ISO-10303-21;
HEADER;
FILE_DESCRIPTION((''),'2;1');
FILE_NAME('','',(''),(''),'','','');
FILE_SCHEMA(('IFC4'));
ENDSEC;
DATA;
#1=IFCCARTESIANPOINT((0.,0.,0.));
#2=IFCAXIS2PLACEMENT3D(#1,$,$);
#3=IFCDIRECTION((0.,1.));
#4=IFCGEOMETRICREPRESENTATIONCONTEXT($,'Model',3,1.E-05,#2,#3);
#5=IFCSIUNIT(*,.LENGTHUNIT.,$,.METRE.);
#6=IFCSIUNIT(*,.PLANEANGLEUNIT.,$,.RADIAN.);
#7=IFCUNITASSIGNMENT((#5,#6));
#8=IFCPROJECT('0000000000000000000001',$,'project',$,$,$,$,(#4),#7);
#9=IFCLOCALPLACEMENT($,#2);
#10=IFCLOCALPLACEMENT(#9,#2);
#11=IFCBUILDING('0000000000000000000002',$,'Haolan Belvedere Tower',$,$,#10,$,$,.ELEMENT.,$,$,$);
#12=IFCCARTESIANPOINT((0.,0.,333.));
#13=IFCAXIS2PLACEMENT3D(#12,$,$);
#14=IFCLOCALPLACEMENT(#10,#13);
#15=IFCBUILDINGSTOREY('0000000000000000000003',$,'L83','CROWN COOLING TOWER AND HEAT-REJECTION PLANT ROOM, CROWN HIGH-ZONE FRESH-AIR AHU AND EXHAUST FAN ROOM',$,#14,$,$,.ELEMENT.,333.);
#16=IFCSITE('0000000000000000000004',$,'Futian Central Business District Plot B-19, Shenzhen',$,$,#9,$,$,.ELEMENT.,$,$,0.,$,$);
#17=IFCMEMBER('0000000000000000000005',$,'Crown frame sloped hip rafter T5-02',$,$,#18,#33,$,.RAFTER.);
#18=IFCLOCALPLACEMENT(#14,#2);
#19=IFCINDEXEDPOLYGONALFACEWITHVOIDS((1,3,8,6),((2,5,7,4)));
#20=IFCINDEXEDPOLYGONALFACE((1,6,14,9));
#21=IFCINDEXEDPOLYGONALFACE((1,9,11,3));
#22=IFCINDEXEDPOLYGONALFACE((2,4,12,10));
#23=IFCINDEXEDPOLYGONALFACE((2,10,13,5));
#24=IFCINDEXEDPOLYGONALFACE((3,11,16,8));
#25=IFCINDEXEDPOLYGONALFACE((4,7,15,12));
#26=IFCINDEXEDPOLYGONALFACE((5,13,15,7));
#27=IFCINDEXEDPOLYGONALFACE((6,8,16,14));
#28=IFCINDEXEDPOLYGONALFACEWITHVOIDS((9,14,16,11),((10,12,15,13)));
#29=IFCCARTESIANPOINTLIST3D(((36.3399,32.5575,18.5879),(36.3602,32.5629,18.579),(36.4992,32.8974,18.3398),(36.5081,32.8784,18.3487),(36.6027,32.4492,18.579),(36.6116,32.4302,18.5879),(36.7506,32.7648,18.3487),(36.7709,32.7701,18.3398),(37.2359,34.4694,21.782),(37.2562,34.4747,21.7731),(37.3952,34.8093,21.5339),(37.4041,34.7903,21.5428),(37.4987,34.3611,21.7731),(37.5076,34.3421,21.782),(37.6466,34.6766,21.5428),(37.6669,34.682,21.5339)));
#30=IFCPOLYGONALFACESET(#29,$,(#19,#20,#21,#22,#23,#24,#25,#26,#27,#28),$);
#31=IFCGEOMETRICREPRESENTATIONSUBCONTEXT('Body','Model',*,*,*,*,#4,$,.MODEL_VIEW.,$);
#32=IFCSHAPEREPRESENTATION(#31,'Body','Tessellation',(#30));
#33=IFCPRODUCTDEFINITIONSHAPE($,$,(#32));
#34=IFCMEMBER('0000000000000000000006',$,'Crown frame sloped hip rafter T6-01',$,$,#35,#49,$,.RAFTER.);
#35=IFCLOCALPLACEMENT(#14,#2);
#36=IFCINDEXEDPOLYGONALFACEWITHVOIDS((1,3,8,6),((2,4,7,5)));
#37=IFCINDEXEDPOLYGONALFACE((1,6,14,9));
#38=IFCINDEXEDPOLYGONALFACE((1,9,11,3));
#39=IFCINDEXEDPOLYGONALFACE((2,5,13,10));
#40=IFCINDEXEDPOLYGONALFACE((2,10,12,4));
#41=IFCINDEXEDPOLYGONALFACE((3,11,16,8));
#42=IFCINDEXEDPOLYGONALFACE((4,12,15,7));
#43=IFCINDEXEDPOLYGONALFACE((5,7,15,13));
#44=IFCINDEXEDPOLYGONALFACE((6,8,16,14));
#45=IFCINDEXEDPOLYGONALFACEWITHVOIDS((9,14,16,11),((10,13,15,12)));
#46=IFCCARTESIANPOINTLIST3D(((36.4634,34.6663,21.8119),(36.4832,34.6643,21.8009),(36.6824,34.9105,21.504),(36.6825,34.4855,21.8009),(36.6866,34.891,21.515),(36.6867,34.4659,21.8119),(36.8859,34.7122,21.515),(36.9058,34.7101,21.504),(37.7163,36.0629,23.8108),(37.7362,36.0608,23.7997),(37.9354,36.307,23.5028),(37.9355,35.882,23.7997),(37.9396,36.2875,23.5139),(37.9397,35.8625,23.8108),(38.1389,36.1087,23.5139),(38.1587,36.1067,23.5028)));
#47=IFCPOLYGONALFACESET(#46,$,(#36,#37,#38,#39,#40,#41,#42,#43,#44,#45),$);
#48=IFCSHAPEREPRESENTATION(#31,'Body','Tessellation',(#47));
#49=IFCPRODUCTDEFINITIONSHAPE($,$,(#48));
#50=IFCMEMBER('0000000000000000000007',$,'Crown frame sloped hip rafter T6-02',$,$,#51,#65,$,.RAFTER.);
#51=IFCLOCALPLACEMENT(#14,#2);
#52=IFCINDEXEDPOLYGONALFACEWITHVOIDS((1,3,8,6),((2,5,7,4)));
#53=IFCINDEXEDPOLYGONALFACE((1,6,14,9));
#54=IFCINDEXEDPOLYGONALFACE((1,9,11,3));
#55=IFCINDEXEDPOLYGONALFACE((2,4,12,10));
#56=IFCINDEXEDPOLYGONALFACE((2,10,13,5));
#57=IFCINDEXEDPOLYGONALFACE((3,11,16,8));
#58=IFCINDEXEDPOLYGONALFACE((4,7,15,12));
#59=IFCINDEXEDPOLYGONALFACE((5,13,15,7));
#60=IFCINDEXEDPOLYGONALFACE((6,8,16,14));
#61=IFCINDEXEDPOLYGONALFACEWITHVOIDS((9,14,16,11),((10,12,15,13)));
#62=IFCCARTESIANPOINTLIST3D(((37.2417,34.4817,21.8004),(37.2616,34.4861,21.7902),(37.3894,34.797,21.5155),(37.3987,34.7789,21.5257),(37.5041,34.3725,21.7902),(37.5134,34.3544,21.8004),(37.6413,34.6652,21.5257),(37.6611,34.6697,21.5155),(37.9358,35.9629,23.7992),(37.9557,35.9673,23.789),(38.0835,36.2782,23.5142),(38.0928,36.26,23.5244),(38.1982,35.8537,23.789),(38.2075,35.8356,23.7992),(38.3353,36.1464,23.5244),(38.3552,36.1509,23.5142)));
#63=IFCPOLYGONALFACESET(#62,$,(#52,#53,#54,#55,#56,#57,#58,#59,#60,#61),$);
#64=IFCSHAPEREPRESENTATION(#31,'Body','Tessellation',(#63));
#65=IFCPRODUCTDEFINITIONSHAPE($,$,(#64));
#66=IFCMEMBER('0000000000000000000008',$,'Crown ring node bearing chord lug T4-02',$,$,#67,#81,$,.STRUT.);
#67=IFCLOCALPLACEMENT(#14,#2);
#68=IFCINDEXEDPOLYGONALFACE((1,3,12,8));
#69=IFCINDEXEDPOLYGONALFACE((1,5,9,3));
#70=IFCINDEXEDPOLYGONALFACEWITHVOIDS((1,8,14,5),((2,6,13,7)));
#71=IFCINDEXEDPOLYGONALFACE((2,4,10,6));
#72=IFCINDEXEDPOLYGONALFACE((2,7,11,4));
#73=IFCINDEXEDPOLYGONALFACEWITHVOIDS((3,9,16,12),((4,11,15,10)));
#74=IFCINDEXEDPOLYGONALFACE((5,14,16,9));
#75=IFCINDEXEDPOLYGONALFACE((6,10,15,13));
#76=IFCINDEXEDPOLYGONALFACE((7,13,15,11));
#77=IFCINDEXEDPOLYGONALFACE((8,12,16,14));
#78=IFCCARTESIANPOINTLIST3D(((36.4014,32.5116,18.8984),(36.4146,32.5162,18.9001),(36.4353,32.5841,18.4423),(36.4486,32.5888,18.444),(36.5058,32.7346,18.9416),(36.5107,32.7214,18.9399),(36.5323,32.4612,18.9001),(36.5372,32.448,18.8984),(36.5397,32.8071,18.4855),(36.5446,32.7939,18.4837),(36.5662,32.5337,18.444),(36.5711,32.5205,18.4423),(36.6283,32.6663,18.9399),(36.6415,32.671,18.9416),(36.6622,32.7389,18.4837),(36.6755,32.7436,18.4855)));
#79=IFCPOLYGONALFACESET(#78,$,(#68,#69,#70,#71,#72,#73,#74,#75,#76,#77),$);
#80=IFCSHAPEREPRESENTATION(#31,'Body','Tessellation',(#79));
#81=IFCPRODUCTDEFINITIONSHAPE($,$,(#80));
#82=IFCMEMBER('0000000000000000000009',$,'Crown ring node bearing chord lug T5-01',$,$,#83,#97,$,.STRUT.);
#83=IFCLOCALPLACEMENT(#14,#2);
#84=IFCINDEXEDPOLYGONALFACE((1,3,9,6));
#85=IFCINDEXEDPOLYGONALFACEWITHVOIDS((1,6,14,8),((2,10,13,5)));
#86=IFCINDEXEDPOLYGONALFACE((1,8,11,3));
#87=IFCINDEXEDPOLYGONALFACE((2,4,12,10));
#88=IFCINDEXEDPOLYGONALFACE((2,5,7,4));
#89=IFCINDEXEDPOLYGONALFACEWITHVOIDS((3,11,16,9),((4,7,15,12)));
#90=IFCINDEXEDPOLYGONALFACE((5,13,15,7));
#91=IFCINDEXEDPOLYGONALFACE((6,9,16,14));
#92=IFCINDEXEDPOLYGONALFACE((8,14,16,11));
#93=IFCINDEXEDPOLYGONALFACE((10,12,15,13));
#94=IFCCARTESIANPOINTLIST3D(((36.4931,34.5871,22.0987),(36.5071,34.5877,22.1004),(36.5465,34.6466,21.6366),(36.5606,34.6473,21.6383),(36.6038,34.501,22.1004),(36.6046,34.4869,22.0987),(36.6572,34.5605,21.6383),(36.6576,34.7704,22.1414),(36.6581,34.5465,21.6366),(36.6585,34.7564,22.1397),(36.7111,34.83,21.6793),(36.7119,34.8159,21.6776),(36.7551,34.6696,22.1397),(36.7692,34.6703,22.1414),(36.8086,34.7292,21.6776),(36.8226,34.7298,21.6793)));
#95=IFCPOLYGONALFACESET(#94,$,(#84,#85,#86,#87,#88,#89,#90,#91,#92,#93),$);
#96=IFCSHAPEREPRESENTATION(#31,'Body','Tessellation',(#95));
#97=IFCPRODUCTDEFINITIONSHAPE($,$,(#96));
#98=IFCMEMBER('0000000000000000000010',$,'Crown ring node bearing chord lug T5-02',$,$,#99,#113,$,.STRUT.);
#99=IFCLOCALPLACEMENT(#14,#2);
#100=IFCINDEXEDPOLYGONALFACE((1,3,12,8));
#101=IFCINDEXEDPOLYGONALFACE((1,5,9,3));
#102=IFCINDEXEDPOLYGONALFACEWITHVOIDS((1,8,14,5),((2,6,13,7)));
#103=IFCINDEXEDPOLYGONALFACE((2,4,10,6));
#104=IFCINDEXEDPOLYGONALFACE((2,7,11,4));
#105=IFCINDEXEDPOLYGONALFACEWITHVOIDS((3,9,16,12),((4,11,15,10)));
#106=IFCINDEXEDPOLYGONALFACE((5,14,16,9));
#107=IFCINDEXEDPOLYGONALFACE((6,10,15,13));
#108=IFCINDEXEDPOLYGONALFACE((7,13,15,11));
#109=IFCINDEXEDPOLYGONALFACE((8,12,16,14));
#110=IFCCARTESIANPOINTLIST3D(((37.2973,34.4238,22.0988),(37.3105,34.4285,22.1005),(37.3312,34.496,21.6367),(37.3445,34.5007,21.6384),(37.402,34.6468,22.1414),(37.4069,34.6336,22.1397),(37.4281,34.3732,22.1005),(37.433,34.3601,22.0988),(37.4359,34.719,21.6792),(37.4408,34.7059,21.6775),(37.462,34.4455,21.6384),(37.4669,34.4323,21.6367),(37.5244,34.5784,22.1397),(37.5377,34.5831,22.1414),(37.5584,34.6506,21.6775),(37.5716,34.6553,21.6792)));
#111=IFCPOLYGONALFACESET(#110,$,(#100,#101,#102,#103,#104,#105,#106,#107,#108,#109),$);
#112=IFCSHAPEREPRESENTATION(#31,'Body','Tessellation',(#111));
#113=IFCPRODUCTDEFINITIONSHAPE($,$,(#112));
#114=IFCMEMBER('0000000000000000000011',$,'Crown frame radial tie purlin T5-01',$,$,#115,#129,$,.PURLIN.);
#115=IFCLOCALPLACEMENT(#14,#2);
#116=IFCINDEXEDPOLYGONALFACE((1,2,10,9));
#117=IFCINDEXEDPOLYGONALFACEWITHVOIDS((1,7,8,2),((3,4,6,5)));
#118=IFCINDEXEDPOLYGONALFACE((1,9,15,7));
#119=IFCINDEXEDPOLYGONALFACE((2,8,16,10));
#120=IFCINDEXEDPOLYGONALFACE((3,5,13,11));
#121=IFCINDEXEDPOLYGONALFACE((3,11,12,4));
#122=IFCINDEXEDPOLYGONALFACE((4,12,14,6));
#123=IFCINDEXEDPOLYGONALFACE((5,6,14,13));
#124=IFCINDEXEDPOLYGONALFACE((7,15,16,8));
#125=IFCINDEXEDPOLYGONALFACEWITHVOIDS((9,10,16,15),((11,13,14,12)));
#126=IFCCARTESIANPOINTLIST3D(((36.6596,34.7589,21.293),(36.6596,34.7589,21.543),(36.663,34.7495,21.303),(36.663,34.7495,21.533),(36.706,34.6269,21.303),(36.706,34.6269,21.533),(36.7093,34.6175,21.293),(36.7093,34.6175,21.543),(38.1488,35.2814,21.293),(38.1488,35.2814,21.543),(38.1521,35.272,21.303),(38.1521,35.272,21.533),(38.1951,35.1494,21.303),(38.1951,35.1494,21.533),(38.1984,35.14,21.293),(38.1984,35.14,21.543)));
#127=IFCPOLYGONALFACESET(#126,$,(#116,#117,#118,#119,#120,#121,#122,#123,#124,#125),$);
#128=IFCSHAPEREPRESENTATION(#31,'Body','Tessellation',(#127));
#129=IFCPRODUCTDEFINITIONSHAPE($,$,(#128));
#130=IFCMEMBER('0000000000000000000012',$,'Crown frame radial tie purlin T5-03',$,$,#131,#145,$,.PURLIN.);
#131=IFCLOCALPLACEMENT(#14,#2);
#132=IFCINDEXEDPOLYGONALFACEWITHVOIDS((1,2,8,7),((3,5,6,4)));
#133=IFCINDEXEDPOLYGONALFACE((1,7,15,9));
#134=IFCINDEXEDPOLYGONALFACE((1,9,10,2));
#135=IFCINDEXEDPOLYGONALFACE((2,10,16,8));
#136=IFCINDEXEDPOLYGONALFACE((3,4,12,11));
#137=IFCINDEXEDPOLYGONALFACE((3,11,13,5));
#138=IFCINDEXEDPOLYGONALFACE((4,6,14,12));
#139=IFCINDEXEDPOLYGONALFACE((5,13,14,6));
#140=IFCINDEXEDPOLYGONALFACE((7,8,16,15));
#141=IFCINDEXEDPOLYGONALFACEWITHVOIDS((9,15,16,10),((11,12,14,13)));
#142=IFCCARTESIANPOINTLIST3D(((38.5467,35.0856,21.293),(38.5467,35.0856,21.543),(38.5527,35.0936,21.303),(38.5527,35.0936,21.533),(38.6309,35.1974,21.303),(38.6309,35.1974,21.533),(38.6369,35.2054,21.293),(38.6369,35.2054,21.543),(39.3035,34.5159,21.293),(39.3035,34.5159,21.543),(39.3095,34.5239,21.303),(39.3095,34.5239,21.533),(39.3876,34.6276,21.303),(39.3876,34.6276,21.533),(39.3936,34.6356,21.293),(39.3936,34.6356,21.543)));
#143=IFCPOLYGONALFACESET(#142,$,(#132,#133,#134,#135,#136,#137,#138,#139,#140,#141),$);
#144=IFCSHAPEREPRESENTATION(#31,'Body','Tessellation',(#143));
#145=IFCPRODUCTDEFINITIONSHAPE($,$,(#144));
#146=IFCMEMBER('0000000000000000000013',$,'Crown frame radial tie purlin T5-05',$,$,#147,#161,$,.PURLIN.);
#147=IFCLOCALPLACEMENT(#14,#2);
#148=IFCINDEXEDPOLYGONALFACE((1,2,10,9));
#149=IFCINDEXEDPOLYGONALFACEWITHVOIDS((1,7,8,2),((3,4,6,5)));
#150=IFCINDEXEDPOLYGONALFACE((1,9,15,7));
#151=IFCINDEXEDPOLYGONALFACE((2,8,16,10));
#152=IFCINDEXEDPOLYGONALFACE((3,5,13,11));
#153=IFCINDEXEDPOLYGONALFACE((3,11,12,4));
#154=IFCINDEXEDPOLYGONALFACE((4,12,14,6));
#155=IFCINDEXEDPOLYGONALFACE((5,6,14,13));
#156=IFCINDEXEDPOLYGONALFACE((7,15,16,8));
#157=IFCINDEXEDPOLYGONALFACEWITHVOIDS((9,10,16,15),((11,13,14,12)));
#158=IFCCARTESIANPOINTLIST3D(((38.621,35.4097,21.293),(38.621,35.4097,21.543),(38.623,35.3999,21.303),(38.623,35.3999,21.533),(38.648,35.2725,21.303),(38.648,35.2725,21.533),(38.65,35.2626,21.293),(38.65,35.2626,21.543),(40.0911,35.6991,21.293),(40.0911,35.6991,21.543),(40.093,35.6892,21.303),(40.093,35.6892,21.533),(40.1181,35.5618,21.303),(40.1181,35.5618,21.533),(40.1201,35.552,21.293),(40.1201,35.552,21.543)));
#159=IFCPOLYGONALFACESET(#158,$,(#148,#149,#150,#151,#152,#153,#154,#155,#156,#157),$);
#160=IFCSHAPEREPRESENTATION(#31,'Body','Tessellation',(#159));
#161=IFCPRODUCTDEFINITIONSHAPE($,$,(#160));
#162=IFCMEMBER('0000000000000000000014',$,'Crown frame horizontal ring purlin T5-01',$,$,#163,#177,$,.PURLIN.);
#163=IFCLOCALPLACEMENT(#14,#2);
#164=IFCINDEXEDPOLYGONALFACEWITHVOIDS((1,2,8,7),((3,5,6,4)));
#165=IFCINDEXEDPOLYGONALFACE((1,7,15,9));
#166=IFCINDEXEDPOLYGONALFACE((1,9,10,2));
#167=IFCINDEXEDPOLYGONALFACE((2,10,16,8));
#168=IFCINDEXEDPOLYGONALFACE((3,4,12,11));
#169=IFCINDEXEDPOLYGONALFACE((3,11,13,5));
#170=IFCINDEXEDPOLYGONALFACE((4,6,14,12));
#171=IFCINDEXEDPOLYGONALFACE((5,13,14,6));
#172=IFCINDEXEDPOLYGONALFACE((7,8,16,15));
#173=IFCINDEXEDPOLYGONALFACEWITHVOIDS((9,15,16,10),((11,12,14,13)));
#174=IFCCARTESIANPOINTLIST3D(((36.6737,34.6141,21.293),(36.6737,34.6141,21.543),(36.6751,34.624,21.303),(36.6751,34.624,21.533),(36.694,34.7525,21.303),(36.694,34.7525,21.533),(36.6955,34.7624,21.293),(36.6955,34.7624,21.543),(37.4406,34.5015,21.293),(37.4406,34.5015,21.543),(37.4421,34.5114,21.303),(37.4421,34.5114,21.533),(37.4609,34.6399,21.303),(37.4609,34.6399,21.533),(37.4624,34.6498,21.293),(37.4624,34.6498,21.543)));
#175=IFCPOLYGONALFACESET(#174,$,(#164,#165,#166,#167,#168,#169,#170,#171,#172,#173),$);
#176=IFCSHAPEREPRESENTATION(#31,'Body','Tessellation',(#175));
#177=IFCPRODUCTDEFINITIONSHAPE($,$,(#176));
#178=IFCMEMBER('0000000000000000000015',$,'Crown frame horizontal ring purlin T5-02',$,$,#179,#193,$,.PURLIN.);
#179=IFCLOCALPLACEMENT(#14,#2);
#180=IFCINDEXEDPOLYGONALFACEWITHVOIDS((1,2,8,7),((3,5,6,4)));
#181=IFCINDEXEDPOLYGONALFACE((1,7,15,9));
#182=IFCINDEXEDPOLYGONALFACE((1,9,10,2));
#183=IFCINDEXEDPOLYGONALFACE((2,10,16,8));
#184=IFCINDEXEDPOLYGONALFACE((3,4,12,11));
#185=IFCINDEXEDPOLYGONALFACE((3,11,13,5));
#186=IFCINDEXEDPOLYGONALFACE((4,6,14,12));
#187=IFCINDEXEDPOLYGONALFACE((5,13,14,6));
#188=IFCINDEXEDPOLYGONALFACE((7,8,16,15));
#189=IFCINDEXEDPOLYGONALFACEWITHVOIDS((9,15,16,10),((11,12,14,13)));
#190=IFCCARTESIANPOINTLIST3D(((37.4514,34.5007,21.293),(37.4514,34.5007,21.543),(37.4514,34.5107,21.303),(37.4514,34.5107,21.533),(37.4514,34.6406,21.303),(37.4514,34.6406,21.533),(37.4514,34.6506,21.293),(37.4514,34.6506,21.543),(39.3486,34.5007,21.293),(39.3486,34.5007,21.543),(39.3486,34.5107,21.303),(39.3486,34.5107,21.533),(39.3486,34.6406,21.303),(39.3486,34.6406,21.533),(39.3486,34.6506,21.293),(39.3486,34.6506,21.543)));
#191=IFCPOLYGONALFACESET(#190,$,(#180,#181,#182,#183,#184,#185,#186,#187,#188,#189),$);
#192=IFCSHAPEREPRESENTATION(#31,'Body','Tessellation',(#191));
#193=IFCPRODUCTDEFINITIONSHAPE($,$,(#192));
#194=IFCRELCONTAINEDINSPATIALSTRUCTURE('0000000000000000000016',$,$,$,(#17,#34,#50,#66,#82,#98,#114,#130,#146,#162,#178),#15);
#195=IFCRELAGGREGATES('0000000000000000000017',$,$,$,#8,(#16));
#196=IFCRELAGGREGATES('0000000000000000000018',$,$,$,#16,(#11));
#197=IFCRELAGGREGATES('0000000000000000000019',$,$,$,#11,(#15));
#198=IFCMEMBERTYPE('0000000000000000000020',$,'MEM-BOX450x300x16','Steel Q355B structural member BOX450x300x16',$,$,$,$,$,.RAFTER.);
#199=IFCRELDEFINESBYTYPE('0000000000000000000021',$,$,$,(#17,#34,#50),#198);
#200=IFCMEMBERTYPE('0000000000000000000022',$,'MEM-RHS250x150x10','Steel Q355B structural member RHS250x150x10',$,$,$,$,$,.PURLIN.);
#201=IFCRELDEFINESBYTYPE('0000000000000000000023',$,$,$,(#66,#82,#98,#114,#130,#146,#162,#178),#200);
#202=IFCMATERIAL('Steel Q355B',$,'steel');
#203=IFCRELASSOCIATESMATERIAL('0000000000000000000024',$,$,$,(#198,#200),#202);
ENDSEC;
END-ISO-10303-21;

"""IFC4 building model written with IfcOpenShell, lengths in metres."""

from ifc_helpers import new_model, si_unit, direction, frame, origin, origin_2d, place, context, subcontext, project, spatial, hollow_rectangle, extrude, material, material_profile, profile_set, type_object, element, save


model = new_model("IFC4")

# Units and contexts
model_context = context("Model", 3, precision=1e-05, world=origin(), true_north=direction((0.0, 1.0)))
body_context = subcontext(model_context, "Body", "Model", "MODEL_VIEW")
ifc_project = project(units=[si_unit("LENGTHUNIT", "METRE"), si_unit("PLANEANGLEUNIT", "RADIAN")], contexts=[model_context])

# Site, building, storey
site_placement = place(None, origin())
site = spatial("IfcSite", under=ifc_project, at=site_placement, Name="Futian Central Business District Plot B-19, Shenzhen", CompositionType="ELEMENT", RefElevation=0.0)
building_placement = place(site_placement, origin())
building = spatial("IfcBuilding", under=site, at=building_placement, Name="Haolan Belvedere Tower", CompositionType="ELEMENT")
storey_placement = place(building_placement, frame((0.0, 0.0, 333.0)))
storey = spatial("IfcBuildingStorey", under=building, at=storey_placement, Name="L83", Description="CROWN COOLING TOWER AND HEAT-REJECTION PLANT ROOM, CROWN HIGH-ZONE FRESH-AIR AHU AND EXHAUST FAN ROOM", CompositionType="ELEMENT", Elevation=333.0)

# Members
ifc_material_1 = material(Name="Steel Q355B", Category="steel")
ifc_material_profile_1 = material_profile(ifc_material_1, hollow_rectangle(XDim=0.3, YDim=0.45, WallThickness=0.0161, at=origin_2d()), Name="Steel Q355B")
ifc_profile_set_1 = profile_set([ifc_material_profile_1], Name="Steel Q355B")
member_type_1 = type_object("IfcMemberType", Name="MEM-BOX450x300x16", Description="Steel Q355B structural member BOX450x300x16", PredefinedType="RAFTER", material=ifc_profile_set_1)
member_1_placement = place(storey_placement, frame((36.5554, 32.6638, 18.4639), z_axis=(0.23401, 0.499329, 0.834212), x_axis=(-0.905494, 0.42436, 0.0)))
element("IfcMember", 1, at=member_1_placement, inside=storey, type_object=member_type_1, Name="Crown frame sloped hip rafter T5-02", PredefinedType="RAFTER", context=body_context, shape_type="SweptSolid", body=[
    extrude(hollow_rectangle(XDim=0.3, YDim=0.45, WallThickness=0.0161, at=origin_2d()), origin(), (0.0, 0.0, 1.0), 3.8289),
])
member_2_placement = place(storey_placement, frame((36.6846, 34.6882, 21.658), z_axis=(0.457045, 0.509411, 0.729116), x_axis=(-0.744329, 0.667814, 0.0)))
element("IfcMember", 2, at=member_2_placement, inside=storey, type_object=member_type_1, Name="Crown frame sloped hip rafter T6-01", PredefinedType="RAFTER", context=body_context, shape_type="SweptSolid", body=[
    extrude(hollow_rectangle(XDim=0.3, YDim=0.45, WallThickness=0.0161, at=origin_2d()), origin(), (0.0, 0.0, 1.0), 2.7415),
])
member_3_placement = place(storey_placement, frame((37.4514, 34.5757, 21.658), z_axis=(0.268737, 0.573487, 0.773882), x_axis=(-0.905511, 0.424323, 0.0)))
element("IfcMember", 3, at=member_3_placement, inside=storey, type_object=member_type_1, Name="Crown frame sloped hip rafter T6-02", PredefinedType="RAFTER", context=body_context, shape_type="SweptSolid", body=[
    extrude(hollow_rectangle(XDim=0.3, YDim=0.45, WallThickness=0.0161, at=origin_2d()), origin(), (0.0, 0.0, 1.0), 2.5828),
])
ifc_material_profile_2 = material_profile(ifc_material_1, hollow_rectangle(XDim=0.1499, YDim=0.25, WallThickness=0.01, at=origin_2d()), Name="Steel Q355B")
ifc_profile_set_2 = profile_set([ifc_material_profile_2], Name="Steel Q355B")
member_type_2 = type_object("IfcMemberType", Name="MEM-RHS250x150x10", Description="Steel Q355B structural member RHS250x150x10", PredefinedType="PURLIN", material=ifc_profile_set_2)
member_4_placement = place(storey_placement, frame((36.5554, 32.6638, 18.4639), z_axis=(-0.07329, -0.156599, 0.984939), x_axis=(0.905715, -0.423887, 0.0)))
element("IfcMember", 4, at=member_4_placement, inside=storey, type_object=member_type_2, Name="Crown ring node bearing chord lug T4-02", PredefinedType="STRUT", context=body_context, shape_type="SweptSolid", body=[
    extrude(hollow_rectangle(XDim=0.1499, YDim=0.25, WallThickness=0.01, at=origin_2d()), origin(), (0.0, 0.0, 1.0), 0.4631),
])
for number, where, z_axis, x_axis, name in (
    (5, (36.6846, 34.6882, 21.658), (-0.113992, -0.127005, 0.98533), (0.744203, -0.667953, 0.0), "Crown ring node bearing chord lug T5-01"),
    (6, (37.4514, 34.5757, 21.658), (-0.072357, -0.154083, 0.985405), (0.905165, -0.425061, 0.0), "Crown ring node bearing chord lug T5-02"),
):
    element("IfcMember", number, at=place(storey_placement, frame(where, z_axis=z_axis, x_axis=x_axis)), inside=storey, type_object=member_type_2, Name=name, PredefinedType="STRUT", context=body_context, shape_type="SweptSolid", body=[
        extrude(hollow_rectangle(XDim=0.1499, YDim=0.25, WallThickness=0.01, at=origin_2d()), origin(), (0.0, 0.0, 1.0), 0.469),
    ])
member_5_placement = place(storey_placement, frame((38.1736, 35.2107, 21.418), z_axis=(-0.9436, -0.331088, 0.0), x_axis=(0.331088, -0.9436, 0.0)))
element("IfcMember", 7, at=member_5_placement, inside=storey, type_object=member_type_2, Name="Crown frame radial tie purlin T5-01", PredefinedType="PURLIN", context=body_context, shape_type="SweptSolid", body=[
    extrude(hollow_rectangle(XDim=0.1499, YDim=0.25, WallThickness=0.01, at=origin_2d()), origin(), (0.0, 0.0, 1.0), 1.5781),
])
member_6_placement = place(storey_placement, frame((38.5918, 35.1455, 21.418), z_axis=(0.798885, -0.601483, 0.0), x_axis=(0.601483, 0.798885, 0.0)))
element("IfcMember", 8, at=member_6_placement, inside=storey, type_object=member_type_2, Name="Crown frame radial tie purlin T5-03", PredefinedType="PURLIN", context=body_context, shape_type="SweptSolid", body=[
    extrude(hollow_rectangle(XDim=0.1499, YDim=0.25, WallThickness=0.01, at=origin_2d()), origin(), (0.0, 0.0, 1.0), 0.9473),
])
member_7_placement = place(storey_placement, frame((38.6355, 35.3362, 21.418), z_axis=(0.981178, 0.193107, 0.0), x_axis=(-0.193107, 0.981178, 0.0)))
element("IfcMember", 9, at=member_7_placement, inside=storey, type_object=member_type_2, Name="Crown frame radial tie purlin T5-05", PredefinedType="PURLIN", context=body_context, shape_type="SweptSolid", body=[
    extrude(hollow_rectangle(XDim=0.1499, YDim=0.25, WallThickness=0.01, at=origin_2d()), origin(), (0.0, 0.0, 1.0), 1.4983),
])
member_8_placement = place(storey_placement, frame((36.6846, 34.6882, 21.418), z_axis=(0.9894, -0.145213, 0.0), x_axis=(0.145213, 0.9894, 0.0)))
element("IfcMember", 10, at=member_8_placement, inside=storey, type_object=member_type_2, Name="Crown frame horizontal ring purlin T5-01", PredefinedType="PURLIN", context=body_context, shape_type="SweptSolid", body=[
    extrude(hollow_rectangle(XDim=0.1499, YDim=0.25, WallThickness=0.01, at=origin_2d()), origin(), (0.0, 0.0, 1.0), 0.7751),
])
member_9_placement = place(storey_placement, frame((37.4514, 34.5757, 21.418), z_axis=(1.0, 0.0, 0.0), x_axis=(0.0, 1.0, 0.0)))
element("IfcMember", 11, at=member_9_placement, inside=storey, type_object=member_type_2, Name="Crown frame horizontal ring purlin T5-02", PredefinedType="PURLIN", context=body_context, shape_type="SweptSolid", body=[
    extrude(hollow_rectangle(XDim=0.1499, YDim=0.25, WallThickness=0.01, at=origin_2d()), origin(), (0.0, 0.0, 1.0), 1.8972),
])

save(model, "model.ifc")
